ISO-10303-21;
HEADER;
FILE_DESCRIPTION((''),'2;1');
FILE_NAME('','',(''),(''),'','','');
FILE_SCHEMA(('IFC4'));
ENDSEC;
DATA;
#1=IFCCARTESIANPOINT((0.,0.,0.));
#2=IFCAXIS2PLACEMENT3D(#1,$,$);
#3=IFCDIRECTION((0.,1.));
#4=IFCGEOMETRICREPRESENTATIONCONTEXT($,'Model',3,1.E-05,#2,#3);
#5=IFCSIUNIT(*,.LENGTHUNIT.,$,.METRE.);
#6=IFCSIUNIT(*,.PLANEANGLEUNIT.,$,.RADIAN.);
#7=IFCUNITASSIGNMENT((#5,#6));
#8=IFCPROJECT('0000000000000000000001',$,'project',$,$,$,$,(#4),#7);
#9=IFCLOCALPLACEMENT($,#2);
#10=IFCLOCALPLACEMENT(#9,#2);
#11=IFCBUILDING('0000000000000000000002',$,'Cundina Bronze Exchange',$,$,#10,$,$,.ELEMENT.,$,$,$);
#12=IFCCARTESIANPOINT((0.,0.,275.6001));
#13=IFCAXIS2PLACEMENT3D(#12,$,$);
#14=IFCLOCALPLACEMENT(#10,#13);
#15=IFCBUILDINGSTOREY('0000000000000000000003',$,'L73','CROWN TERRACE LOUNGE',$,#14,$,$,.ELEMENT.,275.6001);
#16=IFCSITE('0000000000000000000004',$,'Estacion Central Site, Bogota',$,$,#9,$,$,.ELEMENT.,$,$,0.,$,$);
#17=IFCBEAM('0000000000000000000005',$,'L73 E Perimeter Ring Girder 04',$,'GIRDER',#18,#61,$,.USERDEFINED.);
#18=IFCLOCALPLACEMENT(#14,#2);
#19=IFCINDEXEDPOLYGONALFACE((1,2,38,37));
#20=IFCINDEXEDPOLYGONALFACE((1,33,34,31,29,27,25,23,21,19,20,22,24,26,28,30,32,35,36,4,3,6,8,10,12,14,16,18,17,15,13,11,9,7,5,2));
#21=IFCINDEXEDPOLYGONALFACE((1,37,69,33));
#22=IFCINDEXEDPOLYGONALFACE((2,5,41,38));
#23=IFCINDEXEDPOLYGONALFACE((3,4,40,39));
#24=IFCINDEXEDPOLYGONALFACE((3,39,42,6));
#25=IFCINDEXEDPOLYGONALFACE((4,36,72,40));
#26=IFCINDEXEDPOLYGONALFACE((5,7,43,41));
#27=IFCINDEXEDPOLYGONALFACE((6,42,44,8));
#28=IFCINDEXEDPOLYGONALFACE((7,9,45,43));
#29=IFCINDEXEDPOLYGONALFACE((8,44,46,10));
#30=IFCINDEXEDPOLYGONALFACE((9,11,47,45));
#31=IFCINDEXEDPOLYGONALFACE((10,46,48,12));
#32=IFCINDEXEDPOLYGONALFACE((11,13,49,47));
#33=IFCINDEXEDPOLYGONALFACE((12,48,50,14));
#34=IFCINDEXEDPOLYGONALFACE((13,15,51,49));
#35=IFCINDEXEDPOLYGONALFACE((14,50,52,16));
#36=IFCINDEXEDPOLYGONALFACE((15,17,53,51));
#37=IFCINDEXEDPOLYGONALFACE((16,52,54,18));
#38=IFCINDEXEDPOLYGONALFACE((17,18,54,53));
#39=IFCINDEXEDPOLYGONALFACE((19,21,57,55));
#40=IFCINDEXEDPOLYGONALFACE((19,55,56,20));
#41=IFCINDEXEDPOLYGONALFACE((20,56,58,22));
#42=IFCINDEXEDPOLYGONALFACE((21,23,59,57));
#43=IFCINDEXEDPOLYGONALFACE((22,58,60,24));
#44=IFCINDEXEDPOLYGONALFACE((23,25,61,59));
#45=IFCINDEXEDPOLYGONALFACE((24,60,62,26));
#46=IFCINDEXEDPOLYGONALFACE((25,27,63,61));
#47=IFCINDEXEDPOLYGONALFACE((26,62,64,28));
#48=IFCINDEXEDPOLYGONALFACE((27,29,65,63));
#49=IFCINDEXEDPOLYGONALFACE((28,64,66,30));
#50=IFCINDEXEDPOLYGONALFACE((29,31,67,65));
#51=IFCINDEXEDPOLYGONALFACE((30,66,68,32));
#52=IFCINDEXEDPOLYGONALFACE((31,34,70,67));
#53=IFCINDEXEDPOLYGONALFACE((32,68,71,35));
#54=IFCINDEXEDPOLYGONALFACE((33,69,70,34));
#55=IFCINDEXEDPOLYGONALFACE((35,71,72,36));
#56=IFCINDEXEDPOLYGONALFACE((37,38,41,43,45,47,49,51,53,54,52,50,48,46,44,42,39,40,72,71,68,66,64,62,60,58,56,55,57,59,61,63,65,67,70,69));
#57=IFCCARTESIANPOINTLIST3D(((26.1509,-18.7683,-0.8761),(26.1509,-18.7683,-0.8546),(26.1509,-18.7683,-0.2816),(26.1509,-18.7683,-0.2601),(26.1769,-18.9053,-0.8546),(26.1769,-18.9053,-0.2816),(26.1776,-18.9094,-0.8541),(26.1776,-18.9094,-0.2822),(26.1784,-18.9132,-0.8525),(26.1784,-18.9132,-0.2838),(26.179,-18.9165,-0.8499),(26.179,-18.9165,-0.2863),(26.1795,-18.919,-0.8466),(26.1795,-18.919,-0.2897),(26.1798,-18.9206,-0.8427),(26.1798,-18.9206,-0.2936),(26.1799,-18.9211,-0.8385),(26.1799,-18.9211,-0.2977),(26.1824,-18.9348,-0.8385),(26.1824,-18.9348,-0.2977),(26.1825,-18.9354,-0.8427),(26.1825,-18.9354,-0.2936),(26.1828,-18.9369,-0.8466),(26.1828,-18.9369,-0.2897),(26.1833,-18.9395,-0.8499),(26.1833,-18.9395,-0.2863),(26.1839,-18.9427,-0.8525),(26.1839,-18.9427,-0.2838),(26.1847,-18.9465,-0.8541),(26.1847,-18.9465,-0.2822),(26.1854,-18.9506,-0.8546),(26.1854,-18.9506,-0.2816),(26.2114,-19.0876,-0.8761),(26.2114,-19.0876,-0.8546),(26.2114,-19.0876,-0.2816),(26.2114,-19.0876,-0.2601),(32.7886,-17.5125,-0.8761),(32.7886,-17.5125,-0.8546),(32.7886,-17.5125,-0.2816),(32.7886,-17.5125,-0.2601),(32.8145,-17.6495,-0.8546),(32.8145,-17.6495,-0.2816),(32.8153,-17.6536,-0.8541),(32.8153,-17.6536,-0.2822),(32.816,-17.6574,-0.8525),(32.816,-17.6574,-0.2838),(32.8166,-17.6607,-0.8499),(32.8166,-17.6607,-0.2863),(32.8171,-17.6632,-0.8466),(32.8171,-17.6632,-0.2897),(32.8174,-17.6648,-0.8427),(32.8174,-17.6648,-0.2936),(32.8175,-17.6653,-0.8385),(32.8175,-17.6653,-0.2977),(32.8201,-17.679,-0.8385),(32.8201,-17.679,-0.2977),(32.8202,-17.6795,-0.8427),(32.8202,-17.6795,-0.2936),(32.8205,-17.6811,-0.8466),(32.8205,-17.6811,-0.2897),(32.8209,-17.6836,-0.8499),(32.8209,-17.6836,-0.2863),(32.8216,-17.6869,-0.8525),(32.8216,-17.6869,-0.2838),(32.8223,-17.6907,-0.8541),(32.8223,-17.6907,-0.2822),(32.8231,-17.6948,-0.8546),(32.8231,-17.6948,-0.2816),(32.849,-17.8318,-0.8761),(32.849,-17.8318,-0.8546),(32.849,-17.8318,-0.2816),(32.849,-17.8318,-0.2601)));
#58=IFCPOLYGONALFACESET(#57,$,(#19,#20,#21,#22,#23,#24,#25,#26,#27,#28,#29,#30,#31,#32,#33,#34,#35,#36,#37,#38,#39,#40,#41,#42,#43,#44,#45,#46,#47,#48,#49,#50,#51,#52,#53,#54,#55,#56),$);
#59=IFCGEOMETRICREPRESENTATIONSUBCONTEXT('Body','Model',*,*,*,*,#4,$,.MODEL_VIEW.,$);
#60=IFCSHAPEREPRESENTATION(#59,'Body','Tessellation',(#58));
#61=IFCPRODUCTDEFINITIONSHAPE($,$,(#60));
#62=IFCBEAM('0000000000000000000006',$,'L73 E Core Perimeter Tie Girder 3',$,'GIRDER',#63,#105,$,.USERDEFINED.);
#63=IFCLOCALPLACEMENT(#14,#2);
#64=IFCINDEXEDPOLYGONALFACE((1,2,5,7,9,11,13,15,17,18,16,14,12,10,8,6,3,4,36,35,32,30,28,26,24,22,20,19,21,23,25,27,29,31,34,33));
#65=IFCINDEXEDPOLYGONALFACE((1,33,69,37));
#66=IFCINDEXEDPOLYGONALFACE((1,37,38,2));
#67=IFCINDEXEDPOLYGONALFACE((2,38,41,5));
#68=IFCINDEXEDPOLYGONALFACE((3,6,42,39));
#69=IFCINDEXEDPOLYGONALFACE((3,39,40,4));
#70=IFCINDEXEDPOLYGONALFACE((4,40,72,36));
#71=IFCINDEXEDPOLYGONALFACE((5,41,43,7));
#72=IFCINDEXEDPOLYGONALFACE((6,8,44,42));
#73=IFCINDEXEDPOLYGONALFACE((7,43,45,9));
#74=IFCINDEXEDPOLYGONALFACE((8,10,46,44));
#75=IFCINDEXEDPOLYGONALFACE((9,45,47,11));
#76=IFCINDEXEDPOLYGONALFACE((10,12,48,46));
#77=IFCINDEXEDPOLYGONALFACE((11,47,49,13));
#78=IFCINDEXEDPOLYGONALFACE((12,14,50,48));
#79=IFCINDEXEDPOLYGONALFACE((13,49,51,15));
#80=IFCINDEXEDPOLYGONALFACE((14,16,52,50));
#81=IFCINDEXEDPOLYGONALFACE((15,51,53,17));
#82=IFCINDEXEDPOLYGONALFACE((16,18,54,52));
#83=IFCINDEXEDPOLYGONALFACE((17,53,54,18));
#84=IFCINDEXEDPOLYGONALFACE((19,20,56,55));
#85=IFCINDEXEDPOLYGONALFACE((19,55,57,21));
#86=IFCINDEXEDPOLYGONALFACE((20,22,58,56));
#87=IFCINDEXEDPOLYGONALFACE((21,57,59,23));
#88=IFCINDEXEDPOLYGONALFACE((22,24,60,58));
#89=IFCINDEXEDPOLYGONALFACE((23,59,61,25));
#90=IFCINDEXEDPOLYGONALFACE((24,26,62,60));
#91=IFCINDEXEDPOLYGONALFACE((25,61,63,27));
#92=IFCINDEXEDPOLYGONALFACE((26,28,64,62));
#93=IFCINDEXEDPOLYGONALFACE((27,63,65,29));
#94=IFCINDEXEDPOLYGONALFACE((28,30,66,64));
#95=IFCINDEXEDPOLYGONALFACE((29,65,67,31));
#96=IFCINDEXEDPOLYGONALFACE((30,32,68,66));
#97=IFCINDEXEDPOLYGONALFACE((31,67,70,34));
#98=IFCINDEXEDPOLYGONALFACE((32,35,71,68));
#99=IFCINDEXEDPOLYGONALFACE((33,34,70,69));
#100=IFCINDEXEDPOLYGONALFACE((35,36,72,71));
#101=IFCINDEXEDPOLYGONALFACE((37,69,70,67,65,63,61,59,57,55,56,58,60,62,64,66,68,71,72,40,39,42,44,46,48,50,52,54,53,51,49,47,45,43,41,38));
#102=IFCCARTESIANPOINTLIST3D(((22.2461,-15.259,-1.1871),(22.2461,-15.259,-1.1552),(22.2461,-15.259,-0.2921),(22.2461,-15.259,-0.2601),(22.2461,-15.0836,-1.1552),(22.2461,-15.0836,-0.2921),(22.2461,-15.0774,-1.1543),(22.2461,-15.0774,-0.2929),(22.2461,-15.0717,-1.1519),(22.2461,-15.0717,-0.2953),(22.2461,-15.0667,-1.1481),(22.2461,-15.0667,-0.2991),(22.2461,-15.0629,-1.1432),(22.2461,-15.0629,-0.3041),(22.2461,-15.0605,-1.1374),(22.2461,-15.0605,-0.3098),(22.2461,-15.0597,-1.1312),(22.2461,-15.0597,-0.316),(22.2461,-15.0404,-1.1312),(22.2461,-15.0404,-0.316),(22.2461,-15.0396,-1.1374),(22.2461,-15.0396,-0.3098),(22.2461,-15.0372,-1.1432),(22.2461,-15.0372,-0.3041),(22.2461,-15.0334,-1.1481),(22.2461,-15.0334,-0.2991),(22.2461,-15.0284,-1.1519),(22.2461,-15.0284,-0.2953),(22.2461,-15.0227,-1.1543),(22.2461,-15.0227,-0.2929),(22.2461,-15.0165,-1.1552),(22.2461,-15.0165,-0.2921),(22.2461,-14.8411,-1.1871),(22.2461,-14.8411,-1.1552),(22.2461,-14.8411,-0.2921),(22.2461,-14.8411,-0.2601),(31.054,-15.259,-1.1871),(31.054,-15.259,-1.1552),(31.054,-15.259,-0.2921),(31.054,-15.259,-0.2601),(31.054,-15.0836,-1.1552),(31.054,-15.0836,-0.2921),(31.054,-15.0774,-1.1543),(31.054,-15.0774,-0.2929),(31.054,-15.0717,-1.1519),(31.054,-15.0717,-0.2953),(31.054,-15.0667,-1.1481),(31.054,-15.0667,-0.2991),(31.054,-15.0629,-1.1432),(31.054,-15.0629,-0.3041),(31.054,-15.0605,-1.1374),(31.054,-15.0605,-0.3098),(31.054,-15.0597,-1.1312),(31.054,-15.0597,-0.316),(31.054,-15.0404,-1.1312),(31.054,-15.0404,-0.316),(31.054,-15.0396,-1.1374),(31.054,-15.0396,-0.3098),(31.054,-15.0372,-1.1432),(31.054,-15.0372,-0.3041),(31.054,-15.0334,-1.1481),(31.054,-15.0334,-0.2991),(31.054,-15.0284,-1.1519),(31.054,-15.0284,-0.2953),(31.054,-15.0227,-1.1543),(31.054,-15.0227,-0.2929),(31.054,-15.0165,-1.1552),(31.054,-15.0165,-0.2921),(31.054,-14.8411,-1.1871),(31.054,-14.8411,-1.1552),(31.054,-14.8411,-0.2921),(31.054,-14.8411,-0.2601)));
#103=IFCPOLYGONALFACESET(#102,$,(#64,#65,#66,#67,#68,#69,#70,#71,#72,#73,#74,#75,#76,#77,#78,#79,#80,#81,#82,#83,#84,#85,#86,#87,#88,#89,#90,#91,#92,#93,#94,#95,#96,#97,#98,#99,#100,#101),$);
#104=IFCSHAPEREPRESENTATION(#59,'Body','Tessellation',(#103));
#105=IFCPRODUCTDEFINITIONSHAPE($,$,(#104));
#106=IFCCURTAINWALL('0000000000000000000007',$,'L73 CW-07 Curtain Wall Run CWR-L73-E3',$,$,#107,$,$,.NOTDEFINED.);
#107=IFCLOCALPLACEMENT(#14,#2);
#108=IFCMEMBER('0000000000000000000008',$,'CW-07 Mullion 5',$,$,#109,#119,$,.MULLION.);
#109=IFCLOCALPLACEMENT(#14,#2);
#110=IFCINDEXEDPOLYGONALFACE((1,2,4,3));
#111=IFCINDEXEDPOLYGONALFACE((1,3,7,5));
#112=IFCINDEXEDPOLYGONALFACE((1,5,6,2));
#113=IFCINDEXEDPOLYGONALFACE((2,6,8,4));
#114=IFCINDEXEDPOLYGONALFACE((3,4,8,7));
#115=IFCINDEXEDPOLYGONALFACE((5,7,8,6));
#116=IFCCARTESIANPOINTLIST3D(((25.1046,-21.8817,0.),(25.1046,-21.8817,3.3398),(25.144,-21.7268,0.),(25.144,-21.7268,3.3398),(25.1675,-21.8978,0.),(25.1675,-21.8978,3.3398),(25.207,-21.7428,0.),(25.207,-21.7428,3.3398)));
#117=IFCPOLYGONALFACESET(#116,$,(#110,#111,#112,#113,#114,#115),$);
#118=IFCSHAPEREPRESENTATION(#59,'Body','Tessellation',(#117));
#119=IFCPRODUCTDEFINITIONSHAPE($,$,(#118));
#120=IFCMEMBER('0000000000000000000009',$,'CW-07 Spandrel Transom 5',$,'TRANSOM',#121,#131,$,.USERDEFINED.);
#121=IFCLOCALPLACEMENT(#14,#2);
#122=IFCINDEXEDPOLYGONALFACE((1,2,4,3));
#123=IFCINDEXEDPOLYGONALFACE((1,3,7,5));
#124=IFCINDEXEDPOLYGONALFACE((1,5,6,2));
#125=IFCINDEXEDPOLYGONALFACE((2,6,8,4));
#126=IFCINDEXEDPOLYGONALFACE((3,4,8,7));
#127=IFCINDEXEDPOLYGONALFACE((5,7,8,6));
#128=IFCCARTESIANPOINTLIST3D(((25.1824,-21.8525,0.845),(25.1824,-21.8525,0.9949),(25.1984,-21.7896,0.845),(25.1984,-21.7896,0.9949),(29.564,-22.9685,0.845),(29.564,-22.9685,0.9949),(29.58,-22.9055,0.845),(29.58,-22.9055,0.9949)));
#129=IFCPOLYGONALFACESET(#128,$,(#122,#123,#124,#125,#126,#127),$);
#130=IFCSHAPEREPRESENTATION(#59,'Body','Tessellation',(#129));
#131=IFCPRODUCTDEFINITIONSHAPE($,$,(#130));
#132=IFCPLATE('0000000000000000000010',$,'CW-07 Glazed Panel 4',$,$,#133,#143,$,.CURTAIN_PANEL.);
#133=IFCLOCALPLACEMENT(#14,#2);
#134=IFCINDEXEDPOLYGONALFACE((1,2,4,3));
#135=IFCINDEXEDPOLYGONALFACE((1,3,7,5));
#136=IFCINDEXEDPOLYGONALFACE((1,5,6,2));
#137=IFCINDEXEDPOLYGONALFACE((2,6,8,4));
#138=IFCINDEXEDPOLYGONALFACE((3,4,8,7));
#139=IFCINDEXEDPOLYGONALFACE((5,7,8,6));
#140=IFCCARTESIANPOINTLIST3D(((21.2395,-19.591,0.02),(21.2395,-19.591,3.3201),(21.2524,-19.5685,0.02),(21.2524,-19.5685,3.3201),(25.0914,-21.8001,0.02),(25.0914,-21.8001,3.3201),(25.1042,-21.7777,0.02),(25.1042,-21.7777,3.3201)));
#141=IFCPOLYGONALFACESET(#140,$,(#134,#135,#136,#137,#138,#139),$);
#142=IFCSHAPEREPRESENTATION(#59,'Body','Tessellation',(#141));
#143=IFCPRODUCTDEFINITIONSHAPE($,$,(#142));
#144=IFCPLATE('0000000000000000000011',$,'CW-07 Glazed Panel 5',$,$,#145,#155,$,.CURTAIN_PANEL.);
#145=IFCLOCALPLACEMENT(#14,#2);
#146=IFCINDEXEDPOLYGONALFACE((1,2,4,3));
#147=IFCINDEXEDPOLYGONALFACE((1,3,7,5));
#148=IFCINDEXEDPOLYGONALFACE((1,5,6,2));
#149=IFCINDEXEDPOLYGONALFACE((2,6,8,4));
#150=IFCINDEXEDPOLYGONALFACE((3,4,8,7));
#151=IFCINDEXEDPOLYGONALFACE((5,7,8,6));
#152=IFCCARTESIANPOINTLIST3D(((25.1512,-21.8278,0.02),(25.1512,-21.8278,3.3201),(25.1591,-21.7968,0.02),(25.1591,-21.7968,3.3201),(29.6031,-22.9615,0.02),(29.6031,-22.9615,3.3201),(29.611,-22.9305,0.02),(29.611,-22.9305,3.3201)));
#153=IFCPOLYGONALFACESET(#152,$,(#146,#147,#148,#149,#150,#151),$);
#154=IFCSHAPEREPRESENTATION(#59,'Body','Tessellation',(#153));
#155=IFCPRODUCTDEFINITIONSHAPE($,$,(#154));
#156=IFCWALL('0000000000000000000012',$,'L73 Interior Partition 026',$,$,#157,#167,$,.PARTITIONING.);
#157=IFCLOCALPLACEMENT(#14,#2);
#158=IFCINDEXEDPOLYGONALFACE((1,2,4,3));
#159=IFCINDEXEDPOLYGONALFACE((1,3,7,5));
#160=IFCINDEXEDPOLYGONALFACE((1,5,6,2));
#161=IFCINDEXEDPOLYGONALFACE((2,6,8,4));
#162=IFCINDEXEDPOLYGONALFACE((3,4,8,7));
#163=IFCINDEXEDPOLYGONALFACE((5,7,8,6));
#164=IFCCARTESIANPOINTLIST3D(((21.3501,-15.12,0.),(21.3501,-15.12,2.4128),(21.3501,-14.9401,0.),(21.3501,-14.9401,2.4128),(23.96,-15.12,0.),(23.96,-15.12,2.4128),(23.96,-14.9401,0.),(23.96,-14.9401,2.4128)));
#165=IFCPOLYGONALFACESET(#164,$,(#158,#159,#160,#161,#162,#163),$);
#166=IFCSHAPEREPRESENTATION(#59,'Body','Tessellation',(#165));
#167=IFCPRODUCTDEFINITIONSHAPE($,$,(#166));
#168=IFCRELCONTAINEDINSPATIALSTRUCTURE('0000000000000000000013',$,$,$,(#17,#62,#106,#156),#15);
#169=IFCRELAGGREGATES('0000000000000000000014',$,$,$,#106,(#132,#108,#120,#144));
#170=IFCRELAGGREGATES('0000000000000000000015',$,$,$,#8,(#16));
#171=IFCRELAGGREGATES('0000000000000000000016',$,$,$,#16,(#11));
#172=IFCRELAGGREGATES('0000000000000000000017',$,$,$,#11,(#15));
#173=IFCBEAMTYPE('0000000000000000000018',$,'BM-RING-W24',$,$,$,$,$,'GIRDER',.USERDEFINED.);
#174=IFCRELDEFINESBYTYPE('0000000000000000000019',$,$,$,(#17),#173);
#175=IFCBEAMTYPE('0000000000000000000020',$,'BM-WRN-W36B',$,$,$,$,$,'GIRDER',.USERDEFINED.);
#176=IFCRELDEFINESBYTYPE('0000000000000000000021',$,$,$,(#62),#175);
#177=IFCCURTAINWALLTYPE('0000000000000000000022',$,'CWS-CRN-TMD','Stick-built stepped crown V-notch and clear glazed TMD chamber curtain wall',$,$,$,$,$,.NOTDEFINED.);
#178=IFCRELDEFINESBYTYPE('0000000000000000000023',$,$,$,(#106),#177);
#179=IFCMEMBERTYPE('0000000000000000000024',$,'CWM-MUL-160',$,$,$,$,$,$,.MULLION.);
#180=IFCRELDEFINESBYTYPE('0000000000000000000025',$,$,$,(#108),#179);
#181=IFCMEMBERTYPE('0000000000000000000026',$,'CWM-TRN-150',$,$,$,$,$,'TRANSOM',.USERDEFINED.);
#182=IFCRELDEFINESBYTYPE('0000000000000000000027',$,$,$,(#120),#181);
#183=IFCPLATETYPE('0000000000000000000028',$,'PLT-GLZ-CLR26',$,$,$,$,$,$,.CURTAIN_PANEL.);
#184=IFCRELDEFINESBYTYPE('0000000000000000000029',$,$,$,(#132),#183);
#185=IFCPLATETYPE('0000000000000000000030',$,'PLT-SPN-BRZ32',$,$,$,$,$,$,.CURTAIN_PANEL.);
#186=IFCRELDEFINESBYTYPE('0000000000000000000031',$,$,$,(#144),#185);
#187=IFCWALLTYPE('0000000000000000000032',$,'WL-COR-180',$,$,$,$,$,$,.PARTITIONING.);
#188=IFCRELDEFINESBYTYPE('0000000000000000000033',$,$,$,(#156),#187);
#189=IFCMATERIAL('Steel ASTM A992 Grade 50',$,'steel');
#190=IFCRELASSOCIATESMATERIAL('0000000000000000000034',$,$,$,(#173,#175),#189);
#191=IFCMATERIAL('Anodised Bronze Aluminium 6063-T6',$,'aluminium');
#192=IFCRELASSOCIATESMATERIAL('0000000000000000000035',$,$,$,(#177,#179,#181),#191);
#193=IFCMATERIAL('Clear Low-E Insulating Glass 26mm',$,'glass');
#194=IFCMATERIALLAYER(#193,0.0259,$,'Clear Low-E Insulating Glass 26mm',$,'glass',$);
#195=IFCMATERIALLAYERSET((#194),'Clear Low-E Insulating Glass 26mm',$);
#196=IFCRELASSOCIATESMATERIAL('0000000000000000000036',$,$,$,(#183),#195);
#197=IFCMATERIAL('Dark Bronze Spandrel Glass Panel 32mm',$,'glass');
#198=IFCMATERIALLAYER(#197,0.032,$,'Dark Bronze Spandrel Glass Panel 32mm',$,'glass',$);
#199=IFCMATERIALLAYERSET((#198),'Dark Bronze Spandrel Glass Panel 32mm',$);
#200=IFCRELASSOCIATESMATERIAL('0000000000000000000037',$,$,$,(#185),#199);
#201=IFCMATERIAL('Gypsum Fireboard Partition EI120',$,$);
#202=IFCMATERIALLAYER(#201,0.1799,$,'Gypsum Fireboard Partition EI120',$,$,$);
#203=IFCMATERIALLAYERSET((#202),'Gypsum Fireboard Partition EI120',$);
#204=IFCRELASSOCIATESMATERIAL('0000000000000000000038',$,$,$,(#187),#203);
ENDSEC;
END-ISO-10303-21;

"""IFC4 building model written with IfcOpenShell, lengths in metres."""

from ifc_helpers import new_model, si_unit, direction, frame, frame_2d, origin, origin_2d, place, context, subcontext, project, spatial, rectangle, i_section, extrude, material, layer, layer_set, material_profile, profile_set, type_object, element, aggregate, save


model = new_model("IFC4")

# Units and contexts
model_context = context("Model", 3, precision=1e-05, world=origin(), true_north=direction((0.0, 1.0)))
body_context = subcontext(model_context, "Body", "Model", "MODEL_VIEW")
ifc_project = project(units=[si_unit("LENGTHUNIT", "METRE"), si_unit("PLANEANGLEUNIT", "RADIAN")], contexts=[model_context])

# Site, building, storey
site_placement = place(None, origin())
site = spatial("IfcSite", under=ifc_project, at=site_placement, Name="Estacion Central Site, Bogota", CompositionType="ELEMENT", RefElevation=0.0)
building_placement = place(site_placement, origin())
building = spatial("IfcBuilding", under=site, at=building_placement, Name="Cundina Bronze Exchange", CompositionType="ELEMENT")
storey_placement = place(building_placement, frame((0.0, 0.0, 275.6001)))
storey = spatial("IfcBuildingStorey", under=building, at=storey_placement, Name="L73", Description="CROWN TERRACE LOUNGE", CompositionType="ELEMENT", Elevation=275.6001)

# Shared definitions
ifc_material_1 = material(Name="Steel ASTM A992 Grade 50", Category="steel")

# Beams
ifc_material_profile_1 = material_profile(ifc_material_1, i_section(OverallWidth=0.325, OverallDepth=0.616, WebThickness=0.0139, FlangeThickness=0.0215, FilletRadius=0.0161, at=origin_2d()), Name="W24X117", Category="steel")
ifc_profile_set_1 = profile_set([ifc_material_profile_1], Name="Steel ASTM A992 Grade 50")
beam_type_1 = type_object("IfcBeamType", Name="BM-RING-W24", ElementType="GIRDER", PredefinedType="USERDEFINED", material=ifc_profile_set_1)
beam_1_placement = place(storey_placement, frame((26.1812, -18.928, -0.5681), z_axis=(0.982568, 0.185903, 0.0), x_axis=(-0.185903, 0.982568, 0.0)))
element("IfcBeam", 1, at=beam_1_placement, inside=storey, type_object=beam_type_1, Name="L73 E Perimeter Ring Girder 04", ObjectType="GIRDER", PredefinedType="USERDEFINED", context=body_context, shape_type="SweptSolid", body=[
    extrude(i_section(OverallWidth=0.325, OverallDepth=0.616, WebThickness=0.0139, FlangeThickness=0.0215, FilletRadius=0.0161, at=origin_2d()), origin(), (0.0, 0.0, 1.0), 6.7554),
])
ifc_material_profile_2 = material_profile(ifc_material_1, i_section(OverallWidth=0.418, OverallDepth=0.927, WebThickness=0.0193, FlangeThickness=0.032, FilletRadius=0.0239, at=origin_2d()), Name="W36X231", Category="steel")
ifc_profile_set_2 = profile_set([ifc_material_profile_2], Name="Steel ASTM A992 Grade 50")
beam_type_2 = type_object("IfcBeamType", Name="BM-WRN-W36B", ElementType="GIRDER", PredefinedType="USERDEFINED", material=ifc_profile_set_2)
beam_2_placement = place(storey_placement, frame((22.2461, -15.05, -0.7236), z_axis=(1.0, 0.0, 0.0), x_axis=(0.0, 1.0, 0.0)))
element("IfcBeam", 2, at=beam_2_placement, inside=storey, type_object=beam_type_2, Name="L73 E Core Perimeter Tie Girder 3", ObjectType="GIRDER", PredefinedType="USERDEFINED", context=body_context, shape_type="SweptSolid", body=[
    extrude(i_section(OverallWidth=0.418, OverallDepth=0.927, WebThickness=0.0193, FlangeThickness=0.032, FilletRadius=0.0239, at=origin_2d()), origin(), (0.0, 0.0, 1.0), 8.8079),
])

# Curtain wall, members, plates
ifc_material_2 = material(Name="Anodised Bronze Aluminium 6063-T6", Category="aluminium")
curtain_wall_type = type_object("IfcCurtainWallType", Name="CWS-CRN-TMD", Description="Stick-built stepped crown V-notch and clear glazed TMD chamber curtain wall", PredefinedType="NOTDEFINED", material=ifc_material_2)
curtain_wall_placement = place(storey_placement, origin())
curtain_wall = element("IfcCurtainWall", 3, at=curtain_wall_placement, inside=storey, type_object=curtain_wall_type, Name="L73 CW-07 Curtain Wall Run CWR-L73-E3", PredefinedType="NOTDEFINED")
ifc_material_profile_3 = material_profile(ifc_material_2, rectangle(XDim=0.0649, YDim=0.1599, at=origin_2d()), Name="AL65X160", Category="aluminium")
ifc_profile_set_3 = profile_set([ifc_material_profile_3], Name="Anodised Bronze Aluminium 6063-T6")
member_type_1 = type_object("IfcMemberType", Name="CWM-MUL-160", PredefinedType="MULLION", material=ifc_profile_set_3)
member_1_placement = place(storey_placement, frame((25.1558, -21.8123, 0.0), z_axis=(0.0, 0.0, 1.0), x_axis=(0.969059, -0.24683, 0.0)))
member_1 = element("IfcMember", 4, at=member_1_placement, type_object=member_type_1, Name="CW-07 Mullion 5", PredefinedType="MULLION", context=body_context, shape_type="SweptSolid", body=[
    extrude(rectangle(XDim=0.0649, YDim=0.1599, at=origin_2d()), origin(), (0.0, 0.0, 1.0), 3.3398),
])
ifc_material_profile_4 = material_profile(ifc_material_2, rectangle(XDim=0.0649, YDim=0.1499, at=origin_2d()), Name="AL65X150", Category="aluminium")
ifc_profile_set_4 = profile_set([ifc_material_profile_4], Name="Anodised Bronze Aluminium 6063-T6")
member_type_2 = type_object("IfcMemberType", Name="CWM-TRN-150", ElementType="TRANSOM", PredefinedType="USERDEFINED", material=ifc_profile_set_4)
member_2_placement = place(storey_placement, frame((25.1904, -21.821, 0.9199), z_axis=(0.969063, -0.246815, 0.0), x_axis=(0.246815, 0.969063, 0.0)))
member_2 = element("IfcMember", 5, at=member_2_placement, type_object=member_type_2, Name="CW-07 Spandrel Transom 5", ObjectType="TRANSOM", PredefinedType="USERDEFINED", context=body_context, shape_type="SweptSolid", body=[
    extrude(rectangle(XDim=0.0649, YDim=0.1499, at=origin_2d()), origin(), (0.0, 0.0, 1.0), 4.5215),
])
ifc_material_3 = material(Name="Clear Low-E Insulating Glass 26mm", Category="glass")
ifc_layer_1 = layer(ifc_material_3, 0.0259, Name="Clear Low-E Insulating Glass 26mm", Category="glass")
ifc_layer_set_1 = layer_set([ifc_layer_1], Name="Clear Low-E Insulating Glass 26mm")
plate_type_1 = type_object("IfcPlateType", Name="PLT-GLZ-CLR26", PredefinedType="CURTAIN_PANEL", material=ifc_layer_set_1)
plate_1_placement = place(storey_placement, frame((23.1719, -20.6843, 0.02), z_axis=(0.0, 0.0, 1.0), x_axis=(0.867453, -0.497519, 0.0)))
plate_1 = element("IfcPlate", 6, at=plate_1_placement, type_object=plate_type_1, Name="CW-07 Glazed Panel 4", PredefinedType="CURTAIN_PANEL", context=body_context, shape_type="SweptSolid", body=[
    extrude(rectangle(XDim=4.4404, YDim=0.0259, at=origin_2d()), origin(), (0.0, 0.0, 1.0), 3.3),
])
ifc_material_4 = material(Name="Dark Bronze Spandrel Glass Panel 32mm", Category="glass")
ifc_layer_2 = layer(ifc_material_4, 0.032, Name="Dark Bronze Spandrel Glass Panel 32mm", Category="glass")
ifc_layer_set_2 = layer_set([ifc_layer_2], Name="Dark Bronze Spandrel Glass Panel 32mm")
plate_type_2 = type_object("IfcPlateType", Name="PLT-SPN-BRZ32", PredefinedType="CURTAIN_PANEL", material=ifc_layer_set_2)
plate_2_placement = place(storey_placement, frame((27.3811, -22.3792, 0.02), z_axis=(0.0, 0.0, 1.0), x_axis=(0.969067, -0.246796, 0.0)))
plate_2 = element("IfcPlate", 7, at=plate_2_placement, type_object=plate_type_2, Name="CW-07 Glazed Panel 5", PredefinedType="CURTAIN_PANEL", context=body_context, shape_type="SweptSolid", body=[
    extrude(rectangle(XDim=4.594, YDim=0.032, at=origin_2d()), origin(), (0.0, 0.0, 1.0), 3.3),
])
aggregate(curtain_wall, [plate_1, member_1, member_2, plate_2])

# Wall
ifc_material_5 = material(Name="Gypsum Fireboard Partition EI120")
ifc_layer_3 = layer(ifc_material_5, 0.1799, Name="Gypsum Fireboard Partition EI120")
ifc_layer_set_3 = layer_set([ifc_layer_3], Name="Gypsum Fireboard Partition EI120")
wall_type_1 = type_object("IfcWallType", Name="WL-COR-180", PredefinedType="PARTITIONING", material=ifc_layer_set_3)
wall_1_placement = place(storey_placement, frame((21.3501, -15.03, 0.0), z_axis=(0.0, 0.0, 1.0), x_axis=(1.0, 0.0, 0.0)))
element("IfcWall", 8, at=wall_1_placement, inside=storey, type_object=wall_type_1, Name="L73 Interior Partition 026", PredefinedType="PARTITIONING", context=body_context, shape_type="SweptSolid", body=[
    extrude(rectangle(XDim=2.6099, YDim=0.1799, at=frame_2d((1.3049, 0.0))), origin(), (0.0, 0.0, 1.0), 2.4128),
])

save(model, "model.ifc")
